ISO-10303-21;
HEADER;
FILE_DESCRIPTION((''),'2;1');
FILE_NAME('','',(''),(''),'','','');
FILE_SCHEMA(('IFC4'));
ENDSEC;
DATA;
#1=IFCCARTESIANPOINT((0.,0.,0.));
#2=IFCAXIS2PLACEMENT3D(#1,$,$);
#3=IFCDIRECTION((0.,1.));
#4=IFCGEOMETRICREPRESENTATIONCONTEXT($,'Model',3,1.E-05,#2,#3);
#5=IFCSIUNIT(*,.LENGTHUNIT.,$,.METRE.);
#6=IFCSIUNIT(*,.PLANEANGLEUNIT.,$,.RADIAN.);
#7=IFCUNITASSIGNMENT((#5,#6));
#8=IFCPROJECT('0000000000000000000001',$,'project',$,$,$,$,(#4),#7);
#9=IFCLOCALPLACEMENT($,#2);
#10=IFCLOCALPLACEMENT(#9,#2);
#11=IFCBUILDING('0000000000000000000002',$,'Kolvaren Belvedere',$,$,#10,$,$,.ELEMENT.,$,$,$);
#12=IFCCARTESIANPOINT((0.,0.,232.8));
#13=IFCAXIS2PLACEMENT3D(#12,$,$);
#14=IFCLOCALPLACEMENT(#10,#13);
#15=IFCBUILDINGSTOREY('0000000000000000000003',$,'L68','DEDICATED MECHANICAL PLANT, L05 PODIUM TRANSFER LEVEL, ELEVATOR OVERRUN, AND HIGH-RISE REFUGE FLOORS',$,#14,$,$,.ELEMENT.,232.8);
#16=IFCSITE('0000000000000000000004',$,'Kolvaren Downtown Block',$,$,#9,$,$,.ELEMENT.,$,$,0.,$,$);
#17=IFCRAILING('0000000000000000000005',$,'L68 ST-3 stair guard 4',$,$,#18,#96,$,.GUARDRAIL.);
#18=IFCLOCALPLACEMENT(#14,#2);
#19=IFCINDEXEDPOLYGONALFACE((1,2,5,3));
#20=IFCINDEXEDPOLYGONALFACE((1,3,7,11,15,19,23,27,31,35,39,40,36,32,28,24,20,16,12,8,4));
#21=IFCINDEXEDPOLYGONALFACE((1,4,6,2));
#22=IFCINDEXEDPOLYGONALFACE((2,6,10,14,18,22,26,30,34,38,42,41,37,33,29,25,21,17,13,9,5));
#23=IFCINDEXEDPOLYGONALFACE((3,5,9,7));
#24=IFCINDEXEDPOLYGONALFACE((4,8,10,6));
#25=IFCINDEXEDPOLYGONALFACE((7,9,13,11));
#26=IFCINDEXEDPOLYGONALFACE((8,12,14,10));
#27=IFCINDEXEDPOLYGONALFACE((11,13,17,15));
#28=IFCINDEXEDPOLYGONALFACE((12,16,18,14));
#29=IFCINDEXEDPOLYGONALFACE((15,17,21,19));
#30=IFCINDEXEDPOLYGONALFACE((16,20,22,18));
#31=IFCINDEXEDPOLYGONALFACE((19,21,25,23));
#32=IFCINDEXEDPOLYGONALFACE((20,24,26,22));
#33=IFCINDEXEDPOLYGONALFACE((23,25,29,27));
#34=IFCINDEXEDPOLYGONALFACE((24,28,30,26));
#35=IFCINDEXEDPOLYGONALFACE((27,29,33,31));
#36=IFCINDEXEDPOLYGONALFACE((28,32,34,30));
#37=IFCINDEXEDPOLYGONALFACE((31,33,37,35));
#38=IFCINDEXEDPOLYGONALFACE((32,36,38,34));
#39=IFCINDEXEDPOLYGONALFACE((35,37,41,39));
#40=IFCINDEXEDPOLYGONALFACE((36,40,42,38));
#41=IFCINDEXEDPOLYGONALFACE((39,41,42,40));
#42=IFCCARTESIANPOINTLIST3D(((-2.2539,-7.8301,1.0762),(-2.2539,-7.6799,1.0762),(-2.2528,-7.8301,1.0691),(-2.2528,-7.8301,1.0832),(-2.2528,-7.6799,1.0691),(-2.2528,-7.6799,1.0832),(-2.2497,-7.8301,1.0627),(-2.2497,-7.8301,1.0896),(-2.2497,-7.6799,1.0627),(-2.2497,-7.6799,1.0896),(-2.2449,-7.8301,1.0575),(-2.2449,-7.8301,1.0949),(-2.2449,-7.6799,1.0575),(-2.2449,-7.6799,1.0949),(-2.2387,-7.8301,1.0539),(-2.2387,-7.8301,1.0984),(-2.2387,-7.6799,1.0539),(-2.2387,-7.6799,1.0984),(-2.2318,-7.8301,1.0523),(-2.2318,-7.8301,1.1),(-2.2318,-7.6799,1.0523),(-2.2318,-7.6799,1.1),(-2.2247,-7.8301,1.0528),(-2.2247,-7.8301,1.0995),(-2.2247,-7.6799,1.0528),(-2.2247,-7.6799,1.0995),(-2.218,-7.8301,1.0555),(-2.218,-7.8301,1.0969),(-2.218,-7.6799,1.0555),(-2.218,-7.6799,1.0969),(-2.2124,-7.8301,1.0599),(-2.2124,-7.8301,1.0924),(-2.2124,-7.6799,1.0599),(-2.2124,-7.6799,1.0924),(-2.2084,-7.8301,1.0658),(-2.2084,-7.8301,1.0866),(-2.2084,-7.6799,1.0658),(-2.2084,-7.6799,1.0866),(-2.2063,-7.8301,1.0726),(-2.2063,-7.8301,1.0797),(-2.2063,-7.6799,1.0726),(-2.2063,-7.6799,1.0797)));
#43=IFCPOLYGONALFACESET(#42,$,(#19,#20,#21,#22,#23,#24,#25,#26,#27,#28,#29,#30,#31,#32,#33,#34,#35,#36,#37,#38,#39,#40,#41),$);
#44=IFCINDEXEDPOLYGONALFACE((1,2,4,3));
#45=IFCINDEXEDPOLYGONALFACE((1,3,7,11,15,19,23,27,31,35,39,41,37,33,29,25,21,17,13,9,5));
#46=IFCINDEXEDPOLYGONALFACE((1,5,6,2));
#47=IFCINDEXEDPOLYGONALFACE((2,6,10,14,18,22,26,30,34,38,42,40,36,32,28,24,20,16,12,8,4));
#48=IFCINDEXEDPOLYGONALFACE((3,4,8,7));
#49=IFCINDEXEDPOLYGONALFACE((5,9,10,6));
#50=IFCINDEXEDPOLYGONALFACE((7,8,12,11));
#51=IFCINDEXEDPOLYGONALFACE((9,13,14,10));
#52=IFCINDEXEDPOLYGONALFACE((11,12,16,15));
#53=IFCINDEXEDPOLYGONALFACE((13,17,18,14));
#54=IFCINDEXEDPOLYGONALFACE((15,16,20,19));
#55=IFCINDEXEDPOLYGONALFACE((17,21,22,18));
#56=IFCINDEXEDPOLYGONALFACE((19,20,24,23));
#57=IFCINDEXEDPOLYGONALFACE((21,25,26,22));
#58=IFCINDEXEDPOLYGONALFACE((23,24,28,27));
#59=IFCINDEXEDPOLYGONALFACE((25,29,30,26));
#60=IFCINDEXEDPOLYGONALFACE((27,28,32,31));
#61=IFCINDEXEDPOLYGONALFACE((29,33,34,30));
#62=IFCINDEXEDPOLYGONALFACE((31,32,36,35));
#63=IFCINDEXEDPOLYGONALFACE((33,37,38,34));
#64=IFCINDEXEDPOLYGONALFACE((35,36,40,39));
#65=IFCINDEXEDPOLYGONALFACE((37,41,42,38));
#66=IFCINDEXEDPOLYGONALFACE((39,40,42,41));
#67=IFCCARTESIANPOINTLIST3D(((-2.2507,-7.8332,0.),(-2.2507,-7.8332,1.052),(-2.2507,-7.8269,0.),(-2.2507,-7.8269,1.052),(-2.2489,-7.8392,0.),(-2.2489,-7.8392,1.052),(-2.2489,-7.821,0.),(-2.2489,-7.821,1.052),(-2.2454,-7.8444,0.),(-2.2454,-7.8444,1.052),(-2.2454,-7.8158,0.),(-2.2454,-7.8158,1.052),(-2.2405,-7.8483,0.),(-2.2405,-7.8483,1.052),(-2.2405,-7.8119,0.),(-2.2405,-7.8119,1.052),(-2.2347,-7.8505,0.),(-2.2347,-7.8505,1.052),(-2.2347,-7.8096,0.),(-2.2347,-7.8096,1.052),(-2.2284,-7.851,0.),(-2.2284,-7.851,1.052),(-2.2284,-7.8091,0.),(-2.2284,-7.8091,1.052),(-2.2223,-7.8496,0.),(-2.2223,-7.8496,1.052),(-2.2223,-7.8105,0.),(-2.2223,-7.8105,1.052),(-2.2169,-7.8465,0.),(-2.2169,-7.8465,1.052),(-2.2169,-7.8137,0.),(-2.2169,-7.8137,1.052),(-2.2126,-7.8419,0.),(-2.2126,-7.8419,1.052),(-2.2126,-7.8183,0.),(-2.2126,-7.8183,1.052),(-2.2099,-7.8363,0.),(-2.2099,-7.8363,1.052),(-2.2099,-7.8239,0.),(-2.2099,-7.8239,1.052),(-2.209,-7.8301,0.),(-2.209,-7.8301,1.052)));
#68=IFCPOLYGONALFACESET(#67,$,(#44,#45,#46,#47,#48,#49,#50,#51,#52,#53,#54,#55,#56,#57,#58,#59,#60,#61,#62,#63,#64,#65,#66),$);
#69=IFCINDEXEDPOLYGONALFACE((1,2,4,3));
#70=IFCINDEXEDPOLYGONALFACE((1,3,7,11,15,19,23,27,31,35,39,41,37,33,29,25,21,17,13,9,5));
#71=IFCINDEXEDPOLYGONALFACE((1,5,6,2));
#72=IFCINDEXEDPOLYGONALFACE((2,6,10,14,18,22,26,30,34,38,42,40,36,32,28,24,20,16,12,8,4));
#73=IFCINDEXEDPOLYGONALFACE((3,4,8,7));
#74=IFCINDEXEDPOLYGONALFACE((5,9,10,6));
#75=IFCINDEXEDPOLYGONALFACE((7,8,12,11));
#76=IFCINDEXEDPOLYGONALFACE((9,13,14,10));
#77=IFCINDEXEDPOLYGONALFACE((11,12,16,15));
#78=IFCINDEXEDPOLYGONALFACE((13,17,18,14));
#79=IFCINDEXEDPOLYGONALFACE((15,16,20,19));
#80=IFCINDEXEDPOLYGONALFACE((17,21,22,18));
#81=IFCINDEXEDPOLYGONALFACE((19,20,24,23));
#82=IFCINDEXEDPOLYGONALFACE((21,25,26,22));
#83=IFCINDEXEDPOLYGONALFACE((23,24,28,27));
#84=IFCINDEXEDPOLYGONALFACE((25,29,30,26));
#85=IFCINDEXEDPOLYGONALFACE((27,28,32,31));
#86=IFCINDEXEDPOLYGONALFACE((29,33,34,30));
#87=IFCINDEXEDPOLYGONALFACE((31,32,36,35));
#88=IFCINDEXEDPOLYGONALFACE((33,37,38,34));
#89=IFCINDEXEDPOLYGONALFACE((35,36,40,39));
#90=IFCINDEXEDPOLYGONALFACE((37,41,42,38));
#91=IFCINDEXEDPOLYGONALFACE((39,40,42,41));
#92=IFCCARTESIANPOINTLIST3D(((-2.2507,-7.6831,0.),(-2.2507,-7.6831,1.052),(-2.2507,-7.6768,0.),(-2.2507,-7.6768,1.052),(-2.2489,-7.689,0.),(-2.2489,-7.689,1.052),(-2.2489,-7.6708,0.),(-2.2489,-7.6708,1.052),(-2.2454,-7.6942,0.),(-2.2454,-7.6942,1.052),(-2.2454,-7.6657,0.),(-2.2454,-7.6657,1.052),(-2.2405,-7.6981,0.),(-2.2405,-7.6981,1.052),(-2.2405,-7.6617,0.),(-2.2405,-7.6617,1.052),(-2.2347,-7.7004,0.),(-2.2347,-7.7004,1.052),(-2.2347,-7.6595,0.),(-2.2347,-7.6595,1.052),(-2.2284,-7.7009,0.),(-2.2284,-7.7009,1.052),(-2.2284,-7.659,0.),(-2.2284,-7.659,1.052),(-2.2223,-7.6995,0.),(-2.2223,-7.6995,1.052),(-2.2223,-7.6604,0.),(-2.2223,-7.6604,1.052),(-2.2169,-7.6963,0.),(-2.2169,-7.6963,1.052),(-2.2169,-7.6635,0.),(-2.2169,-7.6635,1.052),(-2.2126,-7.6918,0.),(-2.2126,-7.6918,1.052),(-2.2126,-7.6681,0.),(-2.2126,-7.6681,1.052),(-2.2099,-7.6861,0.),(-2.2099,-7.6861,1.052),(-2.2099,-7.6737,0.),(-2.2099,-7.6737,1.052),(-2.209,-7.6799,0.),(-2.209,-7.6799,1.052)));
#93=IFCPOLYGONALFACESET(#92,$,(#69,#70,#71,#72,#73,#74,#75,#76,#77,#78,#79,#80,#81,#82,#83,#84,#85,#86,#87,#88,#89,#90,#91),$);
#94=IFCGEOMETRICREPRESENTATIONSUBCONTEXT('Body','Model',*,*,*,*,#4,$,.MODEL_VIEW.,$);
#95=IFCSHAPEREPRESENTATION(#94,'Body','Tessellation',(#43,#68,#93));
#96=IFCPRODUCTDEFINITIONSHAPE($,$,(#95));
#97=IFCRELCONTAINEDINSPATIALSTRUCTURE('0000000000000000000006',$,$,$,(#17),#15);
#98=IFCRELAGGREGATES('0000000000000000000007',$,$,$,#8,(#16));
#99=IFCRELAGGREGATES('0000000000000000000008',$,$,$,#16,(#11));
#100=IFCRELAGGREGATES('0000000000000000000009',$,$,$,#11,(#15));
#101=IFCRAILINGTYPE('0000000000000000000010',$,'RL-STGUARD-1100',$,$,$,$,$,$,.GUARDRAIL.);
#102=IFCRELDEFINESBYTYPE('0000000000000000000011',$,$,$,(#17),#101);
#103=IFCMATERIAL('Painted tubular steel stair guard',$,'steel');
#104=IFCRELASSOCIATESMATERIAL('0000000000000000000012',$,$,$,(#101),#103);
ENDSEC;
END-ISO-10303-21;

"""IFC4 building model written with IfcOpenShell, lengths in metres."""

from ifc_helpers import new_model, si_unit, direction, frame, origin, origin_2d, place, context, subcontext, project, spatial, circle, extrude, material, type_object, element, save


model = new_model("IFC4")

# Units and contexts
model_context = context("Model", 3, precision=1e-05, world=origin(), true_north=direction((0.0, 1.0)))
body_context = subcontext(model_context, "Body", "Model", "MODEL_VIEW")
ifc_project = project(units=[si_unit("LENGTHUNIT", "METRE"), si_unit("PLANEANGLEUNIT", "RADIAN")], contexts=[model_context])

# Site, building, storey
site_placement = place(None, origin())
site = spatial("IfcSite", under=ifc_project, at=site_placement, Name="Kolvaren Downtown Block", CompositionType="ELEMENT", RefElevation=0.0)
building_placement = place(site_placement, origin())
building = spatial("IfcBuilding", under=site, at=building_placement, Name="Kolvaren Belvedere", CompositionType="ELEMENT")
storey_placement = place(building_placement, frame((0.0, 0.0, 232.8)))
storey = spatial("IfcBuildingStorey", under=building, at=storey_placement, Name="L68", Description="DEDICATED MECHANICAL PLANT, L05 PODIUM TRANSFER LEVEL, ELEVATOR OVERRUN, AND HIGH-RISE REFUGE FLOORS", CompositionType="ELEMENT", Elevation=232.8)

# Railing
ifc_material_1 = material(Name="Painted tubular steel stair guard", Category="steel")
railing_type_1 = type_object("IfcRailingType", Name="RL-STGUARD-1100", PredefinedType="GUARDRAIL", material=ifc_material_1)
railing_1_placement = place(storey_placement, frame((-2.23, -7.8301, 0.0)))
element("IfcRailing", 1, at=railing_1_placement, inside=storey, type_object=railing_type_1, Name="L68 ST-3 stair guard 4", PredefinedType="GUARDRAIL", context=body_context, shape_type="SweptSolid", body=[
    extrude(circle(Radius=0.0239, at=origin_2d()), frame((0.0, 0.0, 1.0762), z_axis=(0.0, 1.0, 0.0), x_axis=(-1.0, 0.0, 0.0)), (0.0, 0.0, 1.0), 0.1501),
    extrude(circle(Radius=0.021, at=origin_2d()), origin(), (0.0, 0.0, 1.0), 1.052),
    extrude(circle(Radius=0.021, at=origin_2d()), frame((0.0, 0.1501, 0.0)), (0.0, 0.0, 1.0), 1.052),
])

save(model, "model.ifc")
